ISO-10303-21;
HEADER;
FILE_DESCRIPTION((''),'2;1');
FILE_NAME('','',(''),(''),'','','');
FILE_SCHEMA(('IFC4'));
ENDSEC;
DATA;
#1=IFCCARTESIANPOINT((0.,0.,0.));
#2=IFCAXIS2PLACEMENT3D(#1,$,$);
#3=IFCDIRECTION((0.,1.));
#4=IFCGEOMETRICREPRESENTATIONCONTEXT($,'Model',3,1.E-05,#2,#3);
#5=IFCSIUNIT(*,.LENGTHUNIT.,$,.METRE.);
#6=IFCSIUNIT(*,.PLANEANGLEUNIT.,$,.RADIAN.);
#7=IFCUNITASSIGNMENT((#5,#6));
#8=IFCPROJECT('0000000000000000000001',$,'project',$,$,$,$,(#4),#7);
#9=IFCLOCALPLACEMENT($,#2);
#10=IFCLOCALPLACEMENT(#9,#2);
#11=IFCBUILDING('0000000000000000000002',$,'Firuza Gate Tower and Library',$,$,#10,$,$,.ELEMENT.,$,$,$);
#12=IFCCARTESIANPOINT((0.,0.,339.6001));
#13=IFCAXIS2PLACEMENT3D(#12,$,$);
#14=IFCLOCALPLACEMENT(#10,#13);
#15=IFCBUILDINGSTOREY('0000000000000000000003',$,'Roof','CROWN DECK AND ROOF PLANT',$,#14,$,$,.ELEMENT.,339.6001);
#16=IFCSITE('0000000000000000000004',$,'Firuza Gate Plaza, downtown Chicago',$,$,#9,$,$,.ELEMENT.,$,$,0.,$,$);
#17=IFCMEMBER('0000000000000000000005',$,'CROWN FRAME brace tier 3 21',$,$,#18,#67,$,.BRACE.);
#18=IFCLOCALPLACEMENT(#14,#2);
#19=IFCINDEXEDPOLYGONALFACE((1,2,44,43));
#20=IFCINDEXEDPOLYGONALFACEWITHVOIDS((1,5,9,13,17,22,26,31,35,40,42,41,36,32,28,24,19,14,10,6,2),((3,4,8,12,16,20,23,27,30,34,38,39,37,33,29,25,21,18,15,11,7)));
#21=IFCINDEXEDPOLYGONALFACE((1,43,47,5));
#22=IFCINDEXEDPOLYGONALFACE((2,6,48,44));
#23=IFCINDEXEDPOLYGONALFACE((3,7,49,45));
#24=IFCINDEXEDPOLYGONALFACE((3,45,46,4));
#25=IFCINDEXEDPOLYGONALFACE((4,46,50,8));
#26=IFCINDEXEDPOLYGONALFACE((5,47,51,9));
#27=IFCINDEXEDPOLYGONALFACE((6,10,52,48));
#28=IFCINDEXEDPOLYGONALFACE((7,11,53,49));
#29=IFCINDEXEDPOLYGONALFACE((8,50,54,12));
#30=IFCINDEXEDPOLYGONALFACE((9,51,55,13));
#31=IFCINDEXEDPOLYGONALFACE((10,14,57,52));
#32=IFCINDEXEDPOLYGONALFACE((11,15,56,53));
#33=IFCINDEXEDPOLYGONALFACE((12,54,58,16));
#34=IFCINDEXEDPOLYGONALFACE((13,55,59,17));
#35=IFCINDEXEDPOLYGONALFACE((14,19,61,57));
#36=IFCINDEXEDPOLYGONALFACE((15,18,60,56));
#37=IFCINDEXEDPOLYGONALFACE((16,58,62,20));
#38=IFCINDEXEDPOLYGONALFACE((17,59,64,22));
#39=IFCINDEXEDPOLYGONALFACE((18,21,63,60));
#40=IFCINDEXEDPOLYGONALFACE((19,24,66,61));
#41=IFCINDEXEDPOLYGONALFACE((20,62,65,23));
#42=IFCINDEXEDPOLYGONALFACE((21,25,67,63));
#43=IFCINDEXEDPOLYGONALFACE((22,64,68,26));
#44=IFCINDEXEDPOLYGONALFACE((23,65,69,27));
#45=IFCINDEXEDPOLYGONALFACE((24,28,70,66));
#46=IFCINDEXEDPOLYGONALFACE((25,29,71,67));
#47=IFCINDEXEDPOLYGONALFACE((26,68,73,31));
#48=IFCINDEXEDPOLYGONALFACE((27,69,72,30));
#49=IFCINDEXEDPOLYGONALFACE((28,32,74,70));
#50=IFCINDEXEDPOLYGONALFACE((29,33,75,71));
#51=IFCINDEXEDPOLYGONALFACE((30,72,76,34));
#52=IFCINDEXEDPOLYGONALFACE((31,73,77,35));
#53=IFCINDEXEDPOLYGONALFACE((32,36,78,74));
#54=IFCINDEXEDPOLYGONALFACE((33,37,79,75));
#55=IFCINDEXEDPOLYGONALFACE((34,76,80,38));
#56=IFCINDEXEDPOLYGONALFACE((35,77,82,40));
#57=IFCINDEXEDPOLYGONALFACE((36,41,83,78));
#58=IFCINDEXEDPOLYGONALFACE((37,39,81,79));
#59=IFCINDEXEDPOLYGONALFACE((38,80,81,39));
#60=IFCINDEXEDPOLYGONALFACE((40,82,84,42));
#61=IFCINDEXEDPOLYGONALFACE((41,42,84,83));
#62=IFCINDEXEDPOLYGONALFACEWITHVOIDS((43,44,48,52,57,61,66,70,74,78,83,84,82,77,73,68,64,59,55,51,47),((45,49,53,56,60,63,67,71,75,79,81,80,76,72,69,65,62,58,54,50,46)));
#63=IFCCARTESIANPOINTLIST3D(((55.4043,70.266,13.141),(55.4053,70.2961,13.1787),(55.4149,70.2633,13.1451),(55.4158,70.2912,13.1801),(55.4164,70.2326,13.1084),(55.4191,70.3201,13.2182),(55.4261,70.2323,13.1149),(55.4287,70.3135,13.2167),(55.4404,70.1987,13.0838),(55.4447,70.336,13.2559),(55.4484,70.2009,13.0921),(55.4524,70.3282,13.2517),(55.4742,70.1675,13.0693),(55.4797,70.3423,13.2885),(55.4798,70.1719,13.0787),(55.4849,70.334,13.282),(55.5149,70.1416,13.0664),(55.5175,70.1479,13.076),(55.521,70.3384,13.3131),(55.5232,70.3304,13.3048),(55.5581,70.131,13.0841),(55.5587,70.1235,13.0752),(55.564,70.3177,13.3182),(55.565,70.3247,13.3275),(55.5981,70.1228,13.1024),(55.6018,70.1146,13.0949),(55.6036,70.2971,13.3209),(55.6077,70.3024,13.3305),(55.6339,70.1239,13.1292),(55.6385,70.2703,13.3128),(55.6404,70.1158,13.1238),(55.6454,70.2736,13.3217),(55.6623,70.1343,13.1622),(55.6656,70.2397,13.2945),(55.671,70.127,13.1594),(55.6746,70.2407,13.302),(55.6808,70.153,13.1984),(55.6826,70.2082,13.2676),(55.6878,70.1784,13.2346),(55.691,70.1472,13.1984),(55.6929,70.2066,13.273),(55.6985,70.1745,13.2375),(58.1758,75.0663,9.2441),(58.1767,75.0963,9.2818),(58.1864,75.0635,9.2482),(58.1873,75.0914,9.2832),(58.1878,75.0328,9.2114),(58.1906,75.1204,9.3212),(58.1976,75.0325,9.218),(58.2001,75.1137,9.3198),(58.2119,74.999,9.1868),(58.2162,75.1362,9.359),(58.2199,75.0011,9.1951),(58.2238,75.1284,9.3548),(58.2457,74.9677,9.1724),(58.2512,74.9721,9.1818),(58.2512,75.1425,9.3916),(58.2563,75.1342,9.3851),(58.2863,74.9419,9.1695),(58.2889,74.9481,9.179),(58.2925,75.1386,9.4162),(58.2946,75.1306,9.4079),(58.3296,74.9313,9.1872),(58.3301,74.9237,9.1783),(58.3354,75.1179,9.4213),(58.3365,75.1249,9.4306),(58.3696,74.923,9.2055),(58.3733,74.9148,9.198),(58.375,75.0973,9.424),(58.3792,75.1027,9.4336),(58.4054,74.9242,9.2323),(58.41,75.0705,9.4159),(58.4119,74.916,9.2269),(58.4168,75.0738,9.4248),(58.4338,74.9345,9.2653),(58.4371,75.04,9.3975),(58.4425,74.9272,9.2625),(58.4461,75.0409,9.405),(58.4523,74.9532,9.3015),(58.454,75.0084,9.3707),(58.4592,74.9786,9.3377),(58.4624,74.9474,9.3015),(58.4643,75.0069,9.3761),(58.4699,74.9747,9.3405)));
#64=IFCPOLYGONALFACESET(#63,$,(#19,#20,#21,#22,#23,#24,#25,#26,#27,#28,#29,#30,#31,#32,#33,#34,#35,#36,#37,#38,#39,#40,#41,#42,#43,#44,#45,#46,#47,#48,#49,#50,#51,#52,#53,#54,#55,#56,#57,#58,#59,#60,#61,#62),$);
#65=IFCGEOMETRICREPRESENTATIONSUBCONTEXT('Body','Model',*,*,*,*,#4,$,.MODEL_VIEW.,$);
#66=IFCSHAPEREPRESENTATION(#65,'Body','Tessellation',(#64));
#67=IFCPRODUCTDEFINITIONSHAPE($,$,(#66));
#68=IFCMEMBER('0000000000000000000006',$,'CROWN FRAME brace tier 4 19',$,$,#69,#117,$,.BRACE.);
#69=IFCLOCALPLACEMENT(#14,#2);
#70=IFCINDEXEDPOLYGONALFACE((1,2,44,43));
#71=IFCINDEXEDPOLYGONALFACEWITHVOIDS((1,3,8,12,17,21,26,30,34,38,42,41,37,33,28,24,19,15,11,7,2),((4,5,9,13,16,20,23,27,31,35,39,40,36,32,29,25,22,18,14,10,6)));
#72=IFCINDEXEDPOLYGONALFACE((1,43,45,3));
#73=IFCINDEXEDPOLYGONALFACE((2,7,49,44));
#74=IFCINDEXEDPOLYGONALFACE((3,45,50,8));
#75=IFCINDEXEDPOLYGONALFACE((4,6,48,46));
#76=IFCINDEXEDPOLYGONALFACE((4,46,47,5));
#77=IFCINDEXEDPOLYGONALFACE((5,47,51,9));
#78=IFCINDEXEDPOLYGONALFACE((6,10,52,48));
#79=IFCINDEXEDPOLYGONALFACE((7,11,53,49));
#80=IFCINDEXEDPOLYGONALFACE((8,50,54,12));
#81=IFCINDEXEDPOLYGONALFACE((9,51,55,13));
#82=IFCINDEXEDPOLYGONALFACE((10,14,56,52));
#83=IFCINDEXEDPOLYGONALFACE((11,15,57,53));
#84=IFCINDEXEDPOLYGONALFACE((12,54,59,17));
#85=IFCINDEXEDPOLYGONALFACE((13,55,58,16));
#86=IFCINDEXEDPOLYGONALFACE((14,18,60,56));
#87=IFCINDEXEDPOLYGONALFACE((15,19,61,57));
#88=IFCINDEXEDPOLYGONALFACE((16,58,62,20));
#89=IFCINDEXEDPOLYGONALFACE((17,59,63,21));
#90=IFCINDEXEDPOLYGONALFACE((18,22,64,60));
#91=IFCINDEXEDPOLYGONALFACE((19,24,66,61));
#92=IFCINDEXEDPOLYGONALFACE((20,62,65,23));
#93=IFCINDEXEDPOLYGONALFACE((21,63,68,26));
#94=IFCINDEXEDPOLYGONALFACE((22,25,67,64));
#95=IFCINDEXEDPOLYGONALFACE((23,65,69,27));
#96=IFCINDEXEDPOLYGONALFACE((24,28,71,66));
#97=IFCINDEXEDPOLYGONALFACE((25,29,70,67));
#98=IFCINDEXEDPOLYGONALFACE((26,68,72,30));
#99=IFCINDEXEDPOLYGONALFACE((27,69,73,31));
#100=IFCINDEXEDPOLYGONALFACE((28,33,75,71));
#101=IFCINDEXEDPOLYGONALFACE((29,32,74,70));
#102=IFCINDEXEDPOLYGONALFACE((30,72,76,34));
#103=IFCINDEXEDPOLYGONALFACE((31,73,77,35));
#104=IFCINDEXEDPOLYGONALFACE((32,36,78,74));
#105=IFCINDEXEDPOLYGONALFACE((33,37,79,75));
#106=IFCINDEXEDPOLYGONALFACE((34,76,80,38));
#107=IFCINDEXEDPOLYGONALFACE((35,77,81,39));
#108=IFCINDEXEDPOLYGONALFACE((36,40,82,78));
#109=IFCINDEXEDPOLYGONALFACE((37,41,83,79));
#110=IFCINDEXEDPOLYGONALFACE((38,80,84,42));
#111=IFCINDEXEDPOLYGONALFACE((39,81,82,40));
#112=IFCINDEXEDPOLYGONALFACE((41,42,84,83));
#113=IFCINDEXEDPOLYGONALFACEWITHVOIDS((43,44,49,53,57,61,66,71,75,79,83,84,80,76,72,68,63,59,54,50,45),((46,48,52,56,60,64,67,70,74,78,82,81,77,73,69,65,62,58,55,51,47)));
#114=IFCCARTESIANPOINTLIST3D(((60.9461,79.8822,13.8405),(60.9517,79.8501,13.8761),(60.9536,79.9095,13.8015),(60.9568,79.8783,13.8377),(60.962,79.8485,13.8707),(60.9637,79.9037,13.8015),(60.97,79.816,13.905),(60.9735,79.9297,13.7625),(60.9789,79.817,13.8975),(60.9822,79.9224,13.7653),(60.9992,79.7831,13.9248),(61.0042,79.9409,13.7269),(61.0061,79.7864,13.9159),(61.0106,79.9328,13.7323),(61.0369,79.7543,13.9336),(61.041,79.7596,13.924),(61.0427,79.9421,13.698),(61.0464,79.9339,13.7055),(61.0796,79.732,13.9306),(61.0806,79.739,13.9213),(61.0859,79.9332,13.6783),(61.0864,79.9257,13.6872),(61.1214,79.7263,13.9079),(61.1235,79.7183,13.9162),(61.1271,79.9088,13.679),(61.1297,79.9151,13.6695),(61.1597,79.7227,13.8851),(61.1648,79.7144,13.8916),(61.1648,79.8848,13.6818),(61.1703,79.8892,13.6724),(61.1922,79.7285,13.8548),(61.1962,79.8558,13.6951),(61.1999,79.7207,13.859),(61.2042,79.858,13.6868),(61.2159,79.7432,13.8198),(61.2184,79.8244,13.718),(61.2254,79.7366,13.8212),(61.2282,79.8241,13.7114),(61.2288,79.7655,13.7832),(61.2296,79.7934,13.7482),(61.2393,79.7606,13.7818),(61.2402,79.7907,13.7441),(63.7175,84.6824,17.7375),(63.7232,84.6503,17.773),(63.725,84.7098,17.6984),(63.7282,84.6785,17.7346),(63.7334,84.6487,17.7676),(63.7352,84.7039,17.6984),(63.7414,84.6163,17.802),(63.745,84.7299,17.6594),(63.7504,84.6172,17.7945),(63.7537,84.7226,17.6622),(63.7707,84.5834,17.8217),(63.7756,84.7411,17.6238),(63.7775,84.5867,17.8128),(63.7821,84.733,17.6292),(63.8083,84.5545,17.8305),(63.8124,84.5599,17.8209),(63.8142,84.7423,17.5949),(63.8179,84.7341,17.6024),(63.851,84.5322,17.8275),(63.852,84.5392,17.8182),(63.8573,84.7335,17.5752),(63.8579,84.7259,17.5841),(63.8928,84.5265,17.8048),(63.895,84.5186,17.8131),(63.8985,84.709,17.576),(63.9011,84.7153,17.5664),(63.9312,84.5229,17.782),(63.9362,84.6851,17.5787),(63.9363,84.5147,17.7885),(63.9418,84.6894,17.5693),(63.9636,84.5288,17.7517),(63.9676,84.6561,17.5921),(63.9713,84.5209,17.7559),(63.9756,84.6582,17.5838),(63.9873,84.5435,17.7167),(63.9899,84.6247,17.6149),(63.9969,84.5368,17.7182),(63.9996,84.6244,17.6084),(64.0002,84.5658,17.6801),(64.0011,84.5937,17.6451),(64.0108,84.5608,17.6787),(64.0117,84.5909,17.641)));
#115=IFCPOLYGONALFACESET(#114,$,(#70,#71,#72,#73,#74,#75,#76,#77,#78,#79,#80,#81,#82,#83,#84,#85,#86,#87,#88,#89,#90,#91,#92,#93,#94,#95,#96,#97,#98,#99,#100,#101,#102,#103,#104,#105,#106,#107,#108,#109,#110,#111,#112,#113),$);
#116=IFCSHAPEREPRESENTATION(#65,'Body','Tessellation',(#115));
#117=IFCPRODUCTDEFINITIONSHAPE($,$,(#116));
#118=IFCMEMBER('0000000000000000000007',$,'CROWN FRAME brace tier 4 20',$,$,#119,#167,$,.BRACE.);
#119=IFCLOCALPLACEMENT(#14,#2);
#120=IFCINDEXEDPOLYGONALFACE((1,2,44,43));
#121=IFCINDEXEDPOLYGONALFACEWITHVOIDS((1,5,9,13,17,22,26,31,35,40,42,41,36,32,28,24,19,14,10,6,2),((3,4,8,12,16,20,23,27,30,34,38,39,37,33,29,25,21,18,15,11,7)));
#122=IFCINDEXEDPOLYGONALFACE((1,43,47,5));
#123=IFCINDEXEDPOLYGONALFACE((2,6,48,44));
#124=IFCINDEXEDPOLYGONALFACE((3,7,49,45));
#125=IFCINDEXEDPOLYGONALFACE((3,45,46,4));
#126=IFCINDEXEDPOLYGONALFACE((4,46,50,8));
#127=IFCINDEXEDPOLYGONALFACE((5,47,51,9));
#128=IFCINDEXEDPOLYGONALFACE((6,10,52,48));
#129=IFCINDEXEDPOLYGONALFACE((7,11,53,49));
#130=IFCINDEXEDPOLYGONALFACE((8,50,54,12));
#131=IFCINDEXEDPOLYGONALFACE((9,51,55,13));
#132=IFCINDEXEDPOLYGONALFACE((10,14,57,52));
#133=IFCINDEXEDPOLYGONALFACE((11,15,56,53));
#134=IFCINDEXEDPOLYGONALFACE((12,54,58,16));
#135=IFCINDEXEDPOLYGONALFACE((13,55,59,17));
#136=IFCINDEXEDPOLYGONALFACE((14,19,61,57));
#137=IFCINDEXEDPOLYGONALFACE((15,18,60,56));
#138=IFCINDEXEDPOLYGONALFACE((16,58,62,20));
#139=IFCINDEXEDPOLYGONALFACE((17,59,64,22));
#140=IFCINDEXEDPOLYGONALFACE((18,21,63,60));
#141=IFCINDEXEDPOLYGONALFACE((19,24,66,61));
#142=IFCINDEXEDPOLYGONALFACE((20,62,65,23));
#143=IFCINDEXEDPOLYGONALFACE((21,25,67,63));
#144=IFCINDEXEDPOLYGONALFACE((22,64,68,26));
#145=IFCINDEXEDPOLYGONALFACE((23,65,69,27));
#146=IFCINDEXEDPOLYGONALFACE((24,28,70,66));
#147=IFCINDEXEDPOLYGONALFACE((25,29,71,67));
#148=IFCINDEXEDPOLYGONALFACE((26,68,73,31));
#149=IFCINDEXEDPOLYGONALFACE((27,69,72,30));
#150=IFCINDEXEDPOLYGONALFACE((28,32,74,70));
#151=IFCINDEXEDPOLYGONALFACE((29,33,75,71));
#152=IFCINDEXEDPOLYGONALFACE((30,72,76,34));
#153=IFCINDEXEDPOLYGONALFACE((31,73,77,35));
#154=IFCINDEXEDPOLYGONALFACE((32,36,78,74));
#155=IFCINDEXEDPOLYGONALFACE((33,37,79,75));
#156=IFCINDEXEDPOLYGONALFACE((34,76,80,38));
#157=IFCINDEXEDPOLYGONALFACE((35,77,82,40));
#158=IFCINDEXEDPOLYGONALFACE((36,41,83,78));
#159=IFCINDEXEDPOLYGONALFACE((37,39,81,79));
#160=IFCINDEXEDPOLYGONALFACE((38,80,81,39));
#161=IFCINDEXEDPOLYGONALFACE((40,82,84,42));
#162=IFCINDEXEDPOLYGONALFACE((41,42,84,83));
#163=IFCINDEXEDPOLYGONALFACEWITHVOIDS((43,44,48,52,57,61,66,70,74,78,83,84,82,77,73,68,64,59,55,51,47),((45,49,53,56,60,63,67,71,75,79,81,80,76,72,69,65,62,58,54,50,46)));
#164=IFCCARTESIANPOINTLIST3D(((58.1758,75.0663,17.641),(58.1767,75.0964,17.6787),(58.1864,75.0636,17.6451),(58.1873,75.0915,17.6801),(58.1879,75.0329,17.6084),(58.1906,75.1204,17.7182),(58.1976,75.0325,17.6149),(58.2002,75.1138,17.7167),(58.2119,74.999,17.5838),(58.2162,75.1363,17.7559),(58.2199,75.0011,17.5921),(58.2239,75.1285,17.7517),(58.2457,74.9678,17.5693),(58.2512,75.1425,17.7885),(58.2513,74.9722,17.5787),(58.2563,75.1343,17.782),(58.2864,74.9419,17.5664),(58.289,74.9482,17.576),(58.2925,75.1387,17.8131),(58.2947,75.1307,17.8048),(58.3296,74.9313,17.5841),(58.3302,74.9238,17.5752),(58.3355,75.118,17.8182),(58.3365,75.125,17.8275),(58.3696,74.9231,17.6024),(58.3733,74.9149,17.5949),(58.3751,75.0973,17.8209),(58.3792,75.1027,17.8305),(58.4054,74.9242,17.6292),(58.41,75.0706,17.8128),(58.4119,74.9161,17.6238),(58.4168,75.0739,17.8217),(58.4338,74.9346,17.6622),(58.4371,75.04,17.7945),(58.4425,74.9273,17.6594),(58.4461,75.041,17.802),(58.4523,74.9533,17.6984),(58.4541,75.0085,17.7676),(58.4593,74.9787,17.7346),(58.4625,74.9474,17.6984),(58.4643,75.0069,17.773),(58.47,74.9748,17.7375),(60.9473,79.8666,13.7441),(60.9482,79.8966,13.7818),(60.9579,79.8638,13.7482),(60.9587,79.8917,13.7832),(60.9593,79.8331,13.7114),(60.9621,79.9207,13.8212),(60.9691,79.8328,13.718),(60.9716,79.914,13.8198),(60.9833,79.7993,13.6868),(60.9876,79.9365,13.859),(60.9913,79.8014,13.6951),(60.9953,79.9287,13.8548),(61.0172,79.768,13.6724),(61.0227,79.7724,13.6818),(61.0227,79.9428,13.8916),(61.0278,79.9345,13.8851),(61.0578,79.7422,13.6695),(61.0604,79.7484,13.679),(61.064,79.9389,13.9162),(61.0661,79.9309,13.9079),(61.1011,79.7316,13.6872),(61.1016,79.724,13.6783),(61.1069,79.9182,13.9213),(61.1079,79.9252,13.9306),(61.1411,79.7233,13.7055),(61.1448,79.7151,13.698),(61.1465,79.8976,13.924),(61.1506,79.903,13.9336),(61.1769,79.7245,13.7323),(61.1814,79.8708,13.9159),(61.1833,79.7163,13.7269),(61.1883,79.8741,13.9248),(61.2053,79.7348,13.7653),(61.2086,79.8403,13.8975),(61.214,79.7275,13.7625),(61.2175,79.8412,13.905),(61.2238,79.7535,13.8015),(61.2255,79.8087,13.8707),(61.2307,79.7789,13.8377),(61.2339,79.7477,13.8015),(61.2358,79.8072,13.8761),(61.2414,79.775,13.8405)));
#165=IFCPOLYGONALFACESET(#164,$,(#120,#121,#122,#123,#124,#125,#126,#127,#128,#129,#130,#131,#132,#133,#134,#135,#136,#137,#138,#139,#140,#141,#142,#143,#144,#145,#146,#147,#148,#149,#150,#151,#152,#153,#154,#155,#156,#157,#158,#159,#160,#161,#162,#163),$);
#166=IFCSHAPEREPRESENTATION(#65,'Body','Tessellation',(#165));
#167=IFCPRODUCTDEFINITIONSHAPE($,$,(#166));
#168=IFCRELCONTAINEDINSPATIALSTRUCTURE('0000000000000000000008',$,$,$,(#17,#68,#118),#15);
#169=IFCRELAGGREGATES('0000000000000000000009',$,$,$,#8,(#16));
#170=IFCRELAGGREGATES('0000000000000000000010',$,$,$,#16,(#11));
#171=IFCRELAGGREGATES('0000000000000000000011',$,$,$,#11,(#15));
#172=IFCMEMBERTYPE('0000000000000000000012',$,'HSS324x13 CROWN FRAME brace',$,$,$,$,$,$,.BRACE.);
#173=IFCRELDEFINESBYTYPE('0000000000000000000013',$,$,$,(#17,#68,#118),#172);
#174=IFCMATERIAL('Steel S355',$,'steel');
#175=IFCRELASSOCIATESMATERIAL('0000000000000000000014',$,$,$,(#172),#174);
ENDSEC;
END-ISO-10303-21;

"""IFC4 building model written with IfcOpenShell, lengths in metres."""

from ifc_helpers import new_model, si_unit, direction, frame, origin, origin_2d, place, context, subcontext, project, spatial, hollow_circle, extrude, material, material_profile, profile_set, type_object, element, save


model = new_model("IFC4")

# Units and contexts
model_context = context("Model", 3, precision=1e-05, world=origin(), true_north=direction((0.0, 1.0)))
body_context = subcontext(model_context, "Body", "Model", "MODEL_VIEW")
ifc_project = project(units=[si_unit("LENGTHUNIT", "METRE"), si_unit("PLANEANGLEUNIT", "RADIAN")], contexts=[model_context])

# Site, building, storey
site_placement = place(None, origin())
site = spatial("IfcSite", under=ifc_project, at=site_placement, Name="Firuza Gate Plaza, downtown Chicago", CompositionType="ELEMENT", RefElevation=0.0)
building_placement = place(site_placement, origin())
building = spatial("IfcBuilding", under=site, at=building_placement, Name="Firuza Gate Tower and Library", CompositionType="ELEMENT")
storey_placement = place(building_placement, frame((0.0, 0.0, 339.6001)))
storey = spatial("IfcBuildingStorey", under=building, at=storey_placement, Name="Roof", Description="CROWN DECK AND ROOF PLANT", CompositionType="ELEMENT", Elevation=339.6001)

# Members
ifc_material_1 = material(Name="Steel S355", Category="steel")
ifc_material_profile_1 = material_profile(ifc_material_1, hollow_circle(Radius=0.1619, WallThickness=0.0117, at=origin_2d()))
ifc_profile_set_1 = profile_set([ifc_material_profile_1], Name="Steel S355")
member_type_1 = type_object("IfcMemberType", Name="HSS324x13 CROWN FRAME brace", PredefinedType="BRACE", material=ifc_profile_set_1)
for number, where, z_axis, x_axis, name in (
    (1, (58.3223, 75.0283, 9.3015), (-0.409032, -0.708455, 0.575138), (0.866023, -0.500005, 0.0), "CROWN FRAME brace tier 3 21"),
    (2, (61.0938, 79.8286, 13.8015), (0.409032, 0.708455, 0.575138), (-0.866023, 0.500005, 0.0), "CROWN FRAME brace tier 4 19"),
    (3, (61.0938, 79.8286, 13.8015), (-0.409032, -0.708455, 0.575138), (0.866023, -0.500005, 0.0), "CROWN FRAME brace tier 4 20"),
):
    element("IfcMember", number, at=place(storey_placement, frame(where, z_axis=z_axis, x_axis=x_axis)), inside=storey, type_object=member_type_1, Name=name, PredefinedType="BRACE", context=body_context, shape_type="SweptSolid", body=[
        extrude(hollow_circle(Radius=0.1619, WallThickness=0.0117, at=origin_2d()), origin(), (0.0, 0.0, 1.0), 6.7756),
    ])

save(model, "model.ifc")
